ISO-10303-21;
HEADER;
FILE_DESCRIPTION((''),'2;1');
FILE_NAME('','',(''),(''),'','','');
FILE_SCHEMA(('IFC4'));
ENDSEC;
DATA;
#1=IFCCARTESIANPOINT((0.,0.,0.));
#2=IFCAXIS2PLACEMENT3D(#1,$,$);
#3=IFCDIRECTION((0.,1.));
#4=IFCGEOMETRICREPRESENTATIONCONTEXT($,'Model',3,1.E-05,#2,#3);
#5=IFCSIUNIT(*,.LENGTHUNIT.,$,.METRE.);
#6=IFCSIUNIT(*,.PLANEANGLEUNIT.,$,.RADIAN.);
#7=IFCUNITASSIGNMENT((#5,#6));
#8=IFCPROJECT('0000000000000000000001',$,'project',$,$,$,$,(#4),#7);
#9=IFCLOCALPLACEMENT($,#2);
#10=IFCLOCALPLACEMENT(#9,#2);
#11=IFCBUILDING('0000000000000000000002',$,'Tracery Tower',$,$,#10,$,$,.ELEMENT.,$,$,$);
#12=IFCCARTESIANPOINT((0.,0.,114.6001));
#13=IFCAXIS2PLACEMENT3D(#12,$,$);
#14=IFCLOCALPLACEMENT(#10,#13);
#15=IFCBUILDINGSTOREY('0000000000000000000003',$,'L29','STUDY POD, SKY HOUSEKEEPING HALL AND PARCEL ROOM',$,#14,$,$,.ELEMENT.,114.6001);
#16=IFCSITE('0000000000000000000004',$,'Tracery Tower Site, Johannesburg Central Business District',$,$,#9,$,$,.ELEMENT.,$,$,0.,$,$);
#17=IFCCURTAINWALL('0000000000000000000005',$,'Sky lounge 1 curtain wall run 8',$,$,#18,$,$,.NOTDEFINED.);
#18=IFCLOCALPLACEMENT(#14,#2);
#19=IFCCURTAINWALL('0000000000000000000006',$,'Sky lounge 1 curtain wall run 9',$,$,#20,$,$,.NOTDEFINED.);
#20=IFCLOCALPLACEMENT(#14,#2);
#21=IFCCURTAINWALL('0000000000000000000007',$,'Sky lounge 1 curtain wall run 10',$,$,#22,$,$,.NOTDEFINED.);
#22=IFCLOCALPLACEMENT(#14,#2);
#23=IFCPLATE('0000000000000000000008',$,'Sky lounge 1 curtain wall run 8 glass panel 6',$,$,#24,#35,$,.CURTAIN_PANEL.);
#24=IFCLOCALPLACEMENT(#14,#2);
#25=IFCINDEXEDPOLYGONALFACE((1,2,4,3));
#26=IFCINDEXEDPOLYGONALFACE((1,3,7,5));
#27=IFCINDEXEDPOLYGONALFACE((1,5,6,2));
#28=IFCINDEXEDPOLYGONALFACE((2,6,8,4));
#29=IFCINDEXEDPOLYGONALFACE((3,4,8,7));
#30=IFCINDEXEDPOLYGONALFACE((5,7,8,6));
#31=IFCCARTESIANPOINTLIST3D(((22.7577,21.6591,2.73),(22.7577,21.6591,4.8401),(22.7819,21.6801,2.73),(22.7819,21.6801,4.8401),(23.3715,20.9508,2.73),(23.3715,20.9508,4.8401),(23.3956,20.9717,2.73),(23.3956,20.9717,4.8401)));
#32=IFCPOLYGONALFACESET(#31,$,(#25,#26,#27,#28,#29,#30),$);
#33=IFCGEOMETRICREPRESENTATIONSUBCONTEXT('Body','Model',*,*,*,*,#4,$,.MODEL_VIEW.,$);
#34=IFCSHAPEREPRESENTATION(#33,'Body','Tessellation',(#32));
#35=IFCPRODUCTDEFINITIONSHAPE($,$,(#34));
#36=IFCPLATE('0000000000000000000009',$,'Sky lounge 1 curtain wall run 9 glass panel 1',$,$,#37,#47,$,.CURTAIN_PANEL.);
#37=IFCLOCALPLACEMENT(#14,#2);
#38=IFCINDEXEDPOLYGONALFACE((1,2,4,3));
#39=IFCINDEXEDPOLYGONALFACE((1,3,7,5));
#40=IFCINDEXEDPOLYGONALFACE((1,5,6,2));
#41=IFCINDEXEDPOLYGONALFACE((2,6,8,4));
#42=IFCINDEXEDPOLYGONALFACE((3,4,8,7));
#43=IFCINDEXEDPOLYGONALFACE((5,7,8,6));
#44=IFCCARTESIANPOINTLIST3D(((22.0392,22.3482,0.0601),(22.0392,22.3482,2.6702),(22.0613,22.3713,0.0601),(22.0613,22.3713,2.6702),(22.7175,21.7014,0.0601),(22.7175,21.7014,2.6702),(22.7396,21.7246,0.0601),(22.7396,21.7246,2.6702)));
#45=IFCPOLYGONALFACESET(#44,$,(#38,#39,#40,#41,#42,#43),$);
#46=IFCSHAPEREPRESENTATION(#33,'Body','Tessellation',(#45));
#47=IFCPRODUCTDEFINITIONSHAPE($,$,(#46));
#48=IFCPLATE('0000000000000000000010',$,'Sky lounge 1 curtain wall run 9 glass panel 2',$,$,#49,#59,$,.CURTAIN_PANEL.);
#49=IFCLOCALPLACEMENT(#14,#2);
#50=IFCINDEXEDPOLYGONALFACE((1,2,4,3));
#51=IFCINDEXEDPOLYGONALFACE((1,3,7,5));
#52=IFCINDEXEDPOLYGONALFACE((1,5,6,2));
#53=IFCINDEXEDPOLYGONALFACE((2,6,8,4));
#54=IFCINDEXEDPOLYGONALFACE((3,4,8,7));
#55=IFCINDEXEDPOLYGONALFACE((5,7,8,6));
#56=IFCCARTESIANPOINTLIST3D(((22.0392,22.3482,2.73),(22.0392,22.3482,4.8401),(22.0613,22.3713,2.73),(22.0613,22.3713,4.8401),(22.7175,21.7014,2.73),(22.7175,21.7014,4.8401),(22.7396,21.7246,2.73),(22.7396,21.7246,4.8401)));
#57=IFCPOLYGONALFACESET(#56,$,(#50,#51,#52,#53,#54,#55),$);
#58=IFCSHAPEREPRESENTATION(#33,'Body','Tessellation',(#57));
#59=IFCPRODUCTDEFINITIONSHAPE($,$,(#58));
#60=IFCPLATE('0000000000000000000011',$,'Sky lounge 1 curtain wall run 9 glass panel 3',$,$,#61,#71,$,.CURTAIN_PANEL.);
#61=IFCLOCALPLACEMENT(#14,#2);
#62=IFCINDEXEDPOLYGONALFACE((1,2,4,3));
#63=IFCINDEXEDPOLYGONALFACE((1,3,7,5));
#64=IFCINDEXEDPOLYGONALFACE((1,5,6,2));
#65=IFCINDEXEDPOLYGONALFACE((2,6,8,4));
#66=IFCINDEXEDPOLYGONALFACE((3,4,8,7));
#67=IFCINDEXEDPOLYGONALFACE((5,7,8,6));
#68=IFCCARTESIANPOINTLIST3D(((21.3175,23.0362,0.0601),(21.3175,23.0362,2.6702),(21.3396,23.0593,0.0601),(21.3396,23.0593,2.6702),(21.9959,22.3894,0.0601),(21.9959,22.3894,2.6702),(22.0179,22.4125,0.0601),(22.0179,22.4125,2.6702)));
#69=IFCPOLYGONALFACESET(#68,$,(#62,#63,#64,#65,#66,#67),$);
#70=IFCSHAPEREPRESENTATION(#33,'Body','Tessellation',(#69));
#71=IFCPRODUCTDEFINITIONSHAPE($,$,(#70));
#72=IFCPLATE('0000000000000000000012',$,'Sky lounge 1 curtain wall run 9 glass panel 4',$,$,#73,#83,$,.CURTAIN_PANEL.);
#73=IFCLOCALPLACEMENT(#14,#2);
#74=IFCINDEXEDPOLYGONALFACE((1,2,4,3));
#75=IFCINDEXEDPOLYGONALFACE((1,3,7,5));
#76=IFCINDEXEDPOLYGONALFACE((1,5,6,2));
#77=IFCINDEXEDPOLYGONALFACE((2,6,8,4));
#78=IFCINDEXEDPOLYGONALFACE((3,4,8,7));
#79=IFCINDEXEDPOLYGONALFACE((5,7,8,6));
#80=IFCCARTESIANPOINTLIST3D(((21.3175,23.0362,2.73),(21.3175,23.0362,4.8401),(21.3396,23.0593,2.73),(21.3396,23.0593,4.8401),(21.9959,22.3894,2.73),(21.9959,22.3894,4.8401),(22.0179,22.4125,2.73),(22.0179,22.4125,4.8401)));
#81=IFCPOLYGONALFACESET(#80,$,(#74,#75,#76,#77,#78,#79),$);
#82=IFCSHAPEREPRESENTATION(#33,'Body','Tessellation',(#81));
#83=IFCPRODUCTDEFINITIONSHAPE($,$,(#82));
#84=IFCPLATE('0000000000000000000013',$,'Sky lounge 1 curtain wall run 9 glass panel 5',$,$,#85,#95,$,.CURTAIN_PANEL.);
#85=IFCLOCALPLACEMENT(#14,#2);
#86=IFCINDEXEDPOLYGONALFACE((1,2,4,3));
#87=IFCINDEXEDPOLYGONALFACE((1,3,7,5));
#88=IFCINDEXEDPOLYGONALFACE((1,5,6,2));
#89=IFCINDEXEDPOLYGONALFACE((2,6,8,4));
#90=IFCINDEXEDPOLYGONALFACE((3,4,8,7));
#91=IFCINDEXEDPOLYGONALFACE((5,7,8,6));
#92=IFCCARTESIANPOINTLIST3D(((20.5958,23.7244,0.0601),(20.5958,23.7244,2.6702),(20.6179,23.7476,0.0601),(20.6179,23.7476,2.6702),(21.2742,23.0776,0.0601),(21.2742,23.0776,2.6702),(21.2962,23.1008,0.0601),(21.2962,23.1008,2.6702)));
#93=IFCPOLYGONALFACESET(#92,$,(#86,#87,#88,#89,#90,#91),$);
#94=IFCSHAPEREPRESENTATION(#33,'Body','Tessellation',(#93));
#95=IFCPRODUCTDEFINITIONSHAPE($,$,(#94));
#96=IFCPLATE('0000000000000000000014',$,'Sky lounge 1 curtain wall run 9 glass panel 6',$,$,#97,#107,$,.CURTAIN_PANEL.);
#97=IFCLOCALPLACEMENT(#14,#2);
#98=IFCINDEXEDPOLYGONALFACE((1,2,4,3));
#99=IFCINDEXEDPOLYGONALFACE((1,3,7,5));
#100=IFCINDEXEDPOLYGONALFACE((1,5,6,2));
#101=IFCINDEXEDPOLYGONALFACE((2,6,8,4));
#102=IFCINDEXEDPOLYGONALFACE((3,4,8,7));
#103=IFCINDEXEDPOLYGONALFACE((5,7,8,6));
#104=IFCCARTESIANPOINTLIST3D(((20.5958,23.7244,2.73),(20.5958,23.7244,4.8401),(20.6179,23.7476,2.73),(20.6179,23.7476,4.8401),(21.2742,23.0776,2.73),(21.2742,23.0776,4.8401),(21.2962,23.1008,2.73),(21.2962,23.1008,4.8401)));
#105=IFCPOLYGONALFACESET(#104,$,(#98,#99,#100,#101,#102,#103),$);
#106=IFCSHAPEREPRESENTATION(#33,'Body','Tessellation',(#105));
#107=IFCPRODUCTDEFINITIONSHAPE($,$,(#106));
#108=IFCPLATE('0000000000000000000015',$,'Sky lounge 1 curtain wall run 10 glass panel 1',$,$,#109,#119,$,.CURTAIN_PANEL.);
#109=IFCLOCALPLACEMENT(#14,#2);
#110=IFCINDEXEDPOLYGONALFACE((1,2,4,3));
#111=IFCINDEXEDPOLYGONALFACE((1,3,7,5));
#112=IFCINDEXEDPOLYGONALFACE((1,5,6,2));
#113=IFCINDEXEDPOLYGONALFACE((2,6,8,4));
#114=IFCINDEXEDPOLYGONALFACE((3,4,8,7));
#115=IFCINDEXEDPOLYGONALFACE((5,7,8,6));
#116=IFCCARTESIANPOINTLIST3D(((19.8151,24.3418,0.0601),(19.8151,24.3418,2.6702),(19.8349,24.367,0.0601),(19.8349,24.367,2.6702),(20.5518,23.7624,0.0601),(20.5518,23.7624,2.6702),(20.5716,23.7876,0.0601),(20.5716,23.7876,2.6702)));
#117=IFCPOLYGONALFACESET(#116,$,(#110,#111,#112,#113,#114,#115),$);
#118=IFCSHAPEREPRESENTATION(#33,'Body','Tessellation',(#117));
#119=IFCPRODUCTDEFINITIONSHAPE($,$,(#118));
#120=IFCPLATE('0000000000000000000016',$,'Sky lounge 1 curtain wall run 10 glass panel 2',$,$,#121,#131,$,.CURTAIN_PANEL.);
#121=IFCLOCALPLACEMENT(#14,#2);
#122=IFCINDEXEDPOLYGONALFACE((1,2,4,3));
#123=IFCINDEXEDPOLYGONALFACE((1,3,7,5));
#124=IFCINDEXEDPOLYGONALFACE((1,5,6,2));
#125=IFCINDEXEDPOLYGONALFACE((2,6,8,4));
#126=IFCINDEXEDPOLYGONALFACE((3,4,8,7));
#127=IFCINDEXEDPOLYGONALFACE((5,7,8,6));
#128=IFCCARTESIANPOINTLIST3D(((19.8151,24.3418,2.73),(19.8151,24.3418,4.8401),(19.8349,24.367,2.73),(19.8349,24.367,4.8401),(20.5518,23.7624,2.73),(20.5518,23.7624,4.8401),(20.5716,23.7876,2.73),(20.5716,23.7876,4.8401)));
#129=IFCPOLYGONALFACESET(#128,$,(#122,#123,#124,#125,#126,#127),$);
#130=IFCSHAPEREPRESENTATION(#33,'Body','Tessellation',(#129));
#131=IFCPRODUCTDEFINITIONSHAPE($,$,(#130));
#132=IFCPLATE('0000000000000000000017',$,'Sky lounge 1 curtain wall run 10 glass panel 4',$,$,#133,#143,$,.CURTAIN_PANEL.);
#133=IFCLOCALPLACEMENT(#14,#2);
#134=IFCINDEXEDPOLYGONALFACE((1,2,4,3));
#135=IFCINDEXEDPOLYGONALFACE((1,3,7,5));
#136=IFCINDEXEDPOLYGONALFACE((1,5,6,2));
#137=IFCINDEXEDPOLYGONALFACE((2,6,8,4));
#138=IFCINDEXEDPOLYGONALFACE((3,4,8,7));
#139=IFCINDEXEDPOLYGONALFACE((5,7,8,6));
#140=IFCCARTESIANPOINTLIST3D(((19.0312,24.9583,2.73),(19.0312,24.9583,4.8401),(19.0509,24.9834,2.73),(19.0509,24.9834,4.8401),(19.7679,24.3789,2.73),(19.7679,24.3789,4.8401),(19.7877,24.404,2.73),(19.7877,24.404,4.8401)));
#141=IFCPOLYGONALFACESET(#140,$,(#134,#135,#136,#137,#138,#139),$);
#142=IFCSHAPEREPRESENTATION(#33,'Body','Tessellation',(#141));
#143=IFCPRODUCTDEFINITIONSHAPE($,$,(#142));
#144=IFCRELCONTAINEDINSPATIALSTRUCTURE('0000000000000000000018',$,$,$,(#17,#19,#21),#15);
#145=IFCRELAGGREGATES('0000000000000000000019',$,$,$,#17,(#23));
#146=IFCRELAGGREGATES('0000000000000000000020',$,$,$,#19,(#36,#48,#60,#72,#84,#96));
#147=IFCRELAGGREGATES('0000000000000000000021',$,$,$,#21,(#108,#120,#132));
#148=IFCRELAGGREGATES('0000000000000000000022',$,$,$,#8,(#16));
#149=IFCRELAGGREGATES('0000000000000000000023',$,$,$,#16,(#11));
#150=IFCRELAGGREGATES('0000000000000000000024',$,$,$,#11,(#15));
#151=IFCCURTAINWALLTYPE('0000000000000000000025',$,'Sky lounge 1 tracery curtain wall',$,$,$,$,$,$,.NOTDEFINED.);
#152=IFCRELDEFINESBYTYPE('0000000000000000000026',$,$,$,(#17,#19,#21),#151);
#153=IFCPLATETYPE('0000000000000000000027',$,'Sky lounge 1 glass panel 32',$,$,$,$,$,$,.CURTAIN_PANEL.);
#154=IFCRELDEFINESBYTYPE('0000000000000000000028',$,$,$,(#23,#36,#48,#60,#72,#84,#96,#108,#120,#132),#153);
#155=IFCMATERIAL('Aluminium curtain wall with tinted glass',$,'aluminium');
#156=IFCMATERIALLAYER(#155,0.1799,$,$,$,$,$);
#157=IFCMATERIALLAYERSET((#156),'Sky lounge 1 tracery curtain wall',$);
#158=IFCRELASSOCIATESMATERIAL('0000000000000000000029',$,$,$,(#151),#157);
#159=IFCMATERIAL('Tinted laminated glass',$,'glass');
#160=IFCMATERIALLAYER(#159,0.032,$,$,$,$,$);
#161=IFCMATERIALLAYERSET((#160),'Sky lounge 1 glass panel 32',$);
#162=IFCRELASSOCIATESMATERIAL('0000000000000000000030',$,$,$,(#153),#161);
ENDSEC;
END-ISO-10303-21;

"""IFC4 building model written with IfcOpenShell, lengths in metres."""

from ifc_helpers import new_model, si_unit, direction, frame, origin, origin_2d, place, context, subcontext, project, spatial, rectangle, extrude, material, layer, layer_set, type_object, element, aggregate, save


model = new_model("IFC4")

# Units and contexts
model_context = context("Model", 3, precision=1e-05, world=origin(), true_north=direction((0.0, 1.0)))
body_context = subcontext(model_context, "Body", "Model", "MODEL_VIEW")
ifc_project = project(units=[si_unit("LENGTHUNIT", "METRE"), si_unit("PLANEANGLEUNIT", "RADIAN")], contexts=[model_context])

# Site, building, storey
site_placement = place(None, origin())
site = spatial("IfcSite", under=ifc_project, at=site_placement, Name="Tracery Tower Site, Johannesburg Central Business District", CompositionType="ELEMENT", RefElevation=0.0)
building_placement = place(site_placement, origin())
building = spatial("IfcBuilding", under=site, at=building_placement, Name="Tracery Tower", CompositionType="ELEMENT")
storey_placement = place(building_placement, frame((0.0, 0.0, 114.6001)))
storey = spatial("IfcBuildingStorey", under=building, at=storey_placement, Name="L29", Description="STUDY POD, SKY HOUSEKEEPING HALL AND PARCEL ROOM", CompositionType="ELEMENT", Elevation=114.6001)

# Curtain walls
ifc_material_1 = material(Name="Aluminium curtain wall with tinted glass", Category="aluminium")
ifc_layer_1 = layer(ifc_material_1, 0.1799)
ifc_layer_set_1 = layer_set([ifc_layer_1], Name="Sky lounge 1 tracery curtain wall")
curtain_wall_type = type_object("IfcCurtainWallType", Name="Sky lounge 1 tracery curtain wall", PredefinedType="NOTDEFINED", material=ifc_layer_set_1)
curtain_wall_1_placement = place(storey_placement, origin())
curtain_wall_1 = element("IfcCurtainWall", 1, at=curtain_wall_1_placement, inside=storey, type_object=curtain_wall_type, Name="Sky lounge 1 curtain wall run 8", PredefinedType="NOTDEFINED")
curtain_wall_2_placement = place(storey_placement, origin())
curtain_wall_2 = element("IfcCurtainWall", 2, at=curtain_wall_2_placement, inside=storey, type_object=curtain_wall_type, Name="Sky lounge 1 curtain wall run 9", PredefinedType="NOTDEFINED")
curtain_wall_3_placement = place(storey_placement, origin())
curtain_wall_3 = element("IfcCurtainWall", 3, at=curtain_wall_3_placement, inside=storey, type_object=curtain_wall_type, Name="Sky lounge 1 curtain wall run 10", PredefinedType="NOTDEFINED")

# Shared definitions
ifc_material_2 = material(Name="Tinted laminated glass", Category="glass")
ifc_layer_2 = layer(ifc_material_2, 0.032)
ifc_layer_set_2 = layer_set([ifc_layer_2], Name="Sky lounge 1 glass panel 32")
plate_type = type_object("IfcPlateType", Name="Sky lounge 1 glass panel 32", PredefinedType="CURTAIN_PANEL", material=ifc_layer_set_2)

# Plates
plate_1_placement = place(storey_placement, frame((23.0767, 21.3154, 2.73), z_axis=(0.0, 0.0, 1.0), x_axis=(-0.654861, 0.75575, 0.0)))
plate_1 = element("IfcPlate", 4, at=plate_1_placement, type_object=plate_type, Name="Sky lounge 1 curtain wall run 8 glass panel 6", PredefinedType="CURTAIN_PANEL", context=body_context, shape_type="SweptSolid", body=[
    extrude(rectangle(XDim=0.9373, YDim=0.032, at=origin_2d()), origin(), (0.0, 0.0, 1.0), 2.1101),
])
aggregate(curtain_wall_1, [plate_1])
plate_2_placement = place(storey_placement, frame((22.3894, 22.0364, 0.0601), z_axis=(0.0, 0.0, 1.0), x_axis=(-0.723734, 0.690079, 0.0)))
plate_2 = element("IfcPlate", 5, at=plate_2_placement, type_object=plate_type, Name="Sky lounge 1 curtain wall run 9 glass panel 1", PredefinedType="CURTAIN_PANEL", context=body_context, shape_type="SweptSolid", body=[
    extrude(rectangle(XDim=0.9373, YDim=0.032, at=origin_2d()), origin(), (0.0, 0.0, 1.0), 2.6101),
])
plate_3_placement = place(storey_placement, frame((22.3894, 22.0364, 2.73), z_axis=(0.0, 0.0, 1.0), x_axis=(-0.723734, 0.690079, 0.0)))
plate_3 = element("IfcPlate", 6, at=plate_3_placement, type_object=plate_type, Name="Sky lounge 1 curtain wall run 9 glass panel 2", PredefinedType="CURTAIN_PANEL", context=body_context, shape_type="SweptSolid", body=[
    extrude(rectangle(XDim=0.9373, YDim=0.032, at=origin_2d()), origin(), (0.0, 0.0, 1.0), 2.1101),
])
plate_4_placement = place(storey_placement, frame((21.6677, 22.7244, 0.0601), z_axis=(0.0, 0.0, 1.0), x_axis=(-0.723734, 0.690079, 0.0)))
plate_4 = element("IfcPlate", 7, at=plate_4_placement, type_object=plate_type, Name="Sky lounge 1 curtain wall run 9 glass panel 3", PredefinedType="CURTAIN_PANEL", context=body_context, shape_type="SweptSolid", body=[
    extrude(rectangle(XDim=0.9373, YDim=0.032, at=origin_2d()), origin(), (0.0, 0.0, 1.0), 2.6101),
])
plate_5_placement = place(storey_placement, frame((21.6677, 22.7244, 2.73), z_axis=(0.0, 0.0, 1.0), x_axis=(-0.723734, 0.690079, 0.0)))
plate_5 = element("IfcPlate", 8, at=plate_5_placement, type_object=plate_type, Name="Sky lounge 1 curtain wall run 9 glass panel 4", PredefinedType="CURTAIN_PANEL", context=body_context, shape_type="SweptSolid", body=[
    extrude(rectangle(XDim=0.9373, YDim=0.032, at=origin_2d()), origin(), (0.0, 0.0, 1.0), 2.1101),
])
plate_6_placement = place(storey_placement, frame((20.946, 23.4126, 0.0601), z_axis=(0.0, 0.0, 1.0), x_axis=(-0.723734, 0.690079, 0.0)))
plate_6 = element("IfcPlate", 9, at=plate_6_placement, type_object=plate_type, Name="Sky lounge 1 curtain wall run 9 glass panel 5", PredefinedType="CURTAIN_PANEL", context=body_context, shape_type="SweptSolid", body=[
    extrude(rectangle(XDim=0.9373, YDim=0.032, at=origin_2d()), origin(), (0.0, 0.0, 1.0), 2.6101),
])
plate_7_placement = place(storey_placement, frame((20.946, 23.4126, 2.73), z_axis=(0.0, 0.0, 1.0), x_axis=(-0.723734, 0.690079, 0.0)))
plate_7 = element("IfcPlate", 10, at=plate_7_placement, type_object=plate_type, Name="Sky lounge 1 curtain wall run 9 glass panel 6", PredefinedType="CURTAIN_PANEL", context=body_context, shape_type="SweptSolid", body=[
    extrude(rectangle(XDim=0.9373, YDim=0.032, at=origin_2d()), origin(), (0.0, 0.0, 1.0), 2.1101),
])
aggregate(curtain_wall_2, [plate_2, plate_3, plate_4, plate_5, plate_6, plate_7])
plate_8_placement = place(storey_placement, frame((20.1934, 24.0647, 0.0601), z_axis=(0.0, 0.0, 1.0), x_axis=(-0.786053, 0.618159, 0.0)))
plate_8 = element("IfcPlate", 11, at=plate_8_placement, type_object=plate_type, Name="Sky lounge 1 curtain wall run 10 glass panel 1", PredefinedType="CURTAIN_PANEL", context=body_context, shape_type="SweptSolid", body=[
    extrude(rectangle(XDim=0.9373, YDim=0.032, at=origin_2d()), origin(), (0.0, 0.0, 1.0), 2.6101),
])
plate_9_placement = place(storey_placement, frame((20.1934, 24.0647, 2.73), z_axis=(0.0, 0.0, 1.0), x_axis=(-0.786053, 0.618159, 0.0)))
plate_9 = element("IfcPlate", 12, at=plate_9_placement, type_object=plate_type, Name="Sky lounge 1 curtain wall run 10 glass panel 2", PredefinedType="CURTAIN_PANEL", context=body_context, shape_type="SweptSolid", body=[
    extrude(rectangle(XDim=0.9373, YDim=0.032, at=origin_2d()), origin(), (0.0, 0.0, 1.0), 2.1101),
])
plate_10_placement = place(storey_placement, frame((19.4094, 24.6812, 2.73), z_axis=(0.0, 0.0, 1.0), x_axis=(-0.786053, 0.618159, 0.0)))
plate_10 = element("IfcPlate", 13, at=plate_10_placement, type_object=plate_type, Name="Sky lounge 1 curtain wall run 10 glass panel 4", PredefinedType="CURTAIN_PANEL", context=body_context, shape_type="SweptSolid", body=[
    extrude(rectangle(XDim=0.9373, YDim=0.032, at=origin_2d()), origin(), (0.0, 0.0, 1.0), 2.1101),
])
aggregate(curtain_wall_3, [plate_8, plate_9, plate_10])

save(model, "model.ifc")
